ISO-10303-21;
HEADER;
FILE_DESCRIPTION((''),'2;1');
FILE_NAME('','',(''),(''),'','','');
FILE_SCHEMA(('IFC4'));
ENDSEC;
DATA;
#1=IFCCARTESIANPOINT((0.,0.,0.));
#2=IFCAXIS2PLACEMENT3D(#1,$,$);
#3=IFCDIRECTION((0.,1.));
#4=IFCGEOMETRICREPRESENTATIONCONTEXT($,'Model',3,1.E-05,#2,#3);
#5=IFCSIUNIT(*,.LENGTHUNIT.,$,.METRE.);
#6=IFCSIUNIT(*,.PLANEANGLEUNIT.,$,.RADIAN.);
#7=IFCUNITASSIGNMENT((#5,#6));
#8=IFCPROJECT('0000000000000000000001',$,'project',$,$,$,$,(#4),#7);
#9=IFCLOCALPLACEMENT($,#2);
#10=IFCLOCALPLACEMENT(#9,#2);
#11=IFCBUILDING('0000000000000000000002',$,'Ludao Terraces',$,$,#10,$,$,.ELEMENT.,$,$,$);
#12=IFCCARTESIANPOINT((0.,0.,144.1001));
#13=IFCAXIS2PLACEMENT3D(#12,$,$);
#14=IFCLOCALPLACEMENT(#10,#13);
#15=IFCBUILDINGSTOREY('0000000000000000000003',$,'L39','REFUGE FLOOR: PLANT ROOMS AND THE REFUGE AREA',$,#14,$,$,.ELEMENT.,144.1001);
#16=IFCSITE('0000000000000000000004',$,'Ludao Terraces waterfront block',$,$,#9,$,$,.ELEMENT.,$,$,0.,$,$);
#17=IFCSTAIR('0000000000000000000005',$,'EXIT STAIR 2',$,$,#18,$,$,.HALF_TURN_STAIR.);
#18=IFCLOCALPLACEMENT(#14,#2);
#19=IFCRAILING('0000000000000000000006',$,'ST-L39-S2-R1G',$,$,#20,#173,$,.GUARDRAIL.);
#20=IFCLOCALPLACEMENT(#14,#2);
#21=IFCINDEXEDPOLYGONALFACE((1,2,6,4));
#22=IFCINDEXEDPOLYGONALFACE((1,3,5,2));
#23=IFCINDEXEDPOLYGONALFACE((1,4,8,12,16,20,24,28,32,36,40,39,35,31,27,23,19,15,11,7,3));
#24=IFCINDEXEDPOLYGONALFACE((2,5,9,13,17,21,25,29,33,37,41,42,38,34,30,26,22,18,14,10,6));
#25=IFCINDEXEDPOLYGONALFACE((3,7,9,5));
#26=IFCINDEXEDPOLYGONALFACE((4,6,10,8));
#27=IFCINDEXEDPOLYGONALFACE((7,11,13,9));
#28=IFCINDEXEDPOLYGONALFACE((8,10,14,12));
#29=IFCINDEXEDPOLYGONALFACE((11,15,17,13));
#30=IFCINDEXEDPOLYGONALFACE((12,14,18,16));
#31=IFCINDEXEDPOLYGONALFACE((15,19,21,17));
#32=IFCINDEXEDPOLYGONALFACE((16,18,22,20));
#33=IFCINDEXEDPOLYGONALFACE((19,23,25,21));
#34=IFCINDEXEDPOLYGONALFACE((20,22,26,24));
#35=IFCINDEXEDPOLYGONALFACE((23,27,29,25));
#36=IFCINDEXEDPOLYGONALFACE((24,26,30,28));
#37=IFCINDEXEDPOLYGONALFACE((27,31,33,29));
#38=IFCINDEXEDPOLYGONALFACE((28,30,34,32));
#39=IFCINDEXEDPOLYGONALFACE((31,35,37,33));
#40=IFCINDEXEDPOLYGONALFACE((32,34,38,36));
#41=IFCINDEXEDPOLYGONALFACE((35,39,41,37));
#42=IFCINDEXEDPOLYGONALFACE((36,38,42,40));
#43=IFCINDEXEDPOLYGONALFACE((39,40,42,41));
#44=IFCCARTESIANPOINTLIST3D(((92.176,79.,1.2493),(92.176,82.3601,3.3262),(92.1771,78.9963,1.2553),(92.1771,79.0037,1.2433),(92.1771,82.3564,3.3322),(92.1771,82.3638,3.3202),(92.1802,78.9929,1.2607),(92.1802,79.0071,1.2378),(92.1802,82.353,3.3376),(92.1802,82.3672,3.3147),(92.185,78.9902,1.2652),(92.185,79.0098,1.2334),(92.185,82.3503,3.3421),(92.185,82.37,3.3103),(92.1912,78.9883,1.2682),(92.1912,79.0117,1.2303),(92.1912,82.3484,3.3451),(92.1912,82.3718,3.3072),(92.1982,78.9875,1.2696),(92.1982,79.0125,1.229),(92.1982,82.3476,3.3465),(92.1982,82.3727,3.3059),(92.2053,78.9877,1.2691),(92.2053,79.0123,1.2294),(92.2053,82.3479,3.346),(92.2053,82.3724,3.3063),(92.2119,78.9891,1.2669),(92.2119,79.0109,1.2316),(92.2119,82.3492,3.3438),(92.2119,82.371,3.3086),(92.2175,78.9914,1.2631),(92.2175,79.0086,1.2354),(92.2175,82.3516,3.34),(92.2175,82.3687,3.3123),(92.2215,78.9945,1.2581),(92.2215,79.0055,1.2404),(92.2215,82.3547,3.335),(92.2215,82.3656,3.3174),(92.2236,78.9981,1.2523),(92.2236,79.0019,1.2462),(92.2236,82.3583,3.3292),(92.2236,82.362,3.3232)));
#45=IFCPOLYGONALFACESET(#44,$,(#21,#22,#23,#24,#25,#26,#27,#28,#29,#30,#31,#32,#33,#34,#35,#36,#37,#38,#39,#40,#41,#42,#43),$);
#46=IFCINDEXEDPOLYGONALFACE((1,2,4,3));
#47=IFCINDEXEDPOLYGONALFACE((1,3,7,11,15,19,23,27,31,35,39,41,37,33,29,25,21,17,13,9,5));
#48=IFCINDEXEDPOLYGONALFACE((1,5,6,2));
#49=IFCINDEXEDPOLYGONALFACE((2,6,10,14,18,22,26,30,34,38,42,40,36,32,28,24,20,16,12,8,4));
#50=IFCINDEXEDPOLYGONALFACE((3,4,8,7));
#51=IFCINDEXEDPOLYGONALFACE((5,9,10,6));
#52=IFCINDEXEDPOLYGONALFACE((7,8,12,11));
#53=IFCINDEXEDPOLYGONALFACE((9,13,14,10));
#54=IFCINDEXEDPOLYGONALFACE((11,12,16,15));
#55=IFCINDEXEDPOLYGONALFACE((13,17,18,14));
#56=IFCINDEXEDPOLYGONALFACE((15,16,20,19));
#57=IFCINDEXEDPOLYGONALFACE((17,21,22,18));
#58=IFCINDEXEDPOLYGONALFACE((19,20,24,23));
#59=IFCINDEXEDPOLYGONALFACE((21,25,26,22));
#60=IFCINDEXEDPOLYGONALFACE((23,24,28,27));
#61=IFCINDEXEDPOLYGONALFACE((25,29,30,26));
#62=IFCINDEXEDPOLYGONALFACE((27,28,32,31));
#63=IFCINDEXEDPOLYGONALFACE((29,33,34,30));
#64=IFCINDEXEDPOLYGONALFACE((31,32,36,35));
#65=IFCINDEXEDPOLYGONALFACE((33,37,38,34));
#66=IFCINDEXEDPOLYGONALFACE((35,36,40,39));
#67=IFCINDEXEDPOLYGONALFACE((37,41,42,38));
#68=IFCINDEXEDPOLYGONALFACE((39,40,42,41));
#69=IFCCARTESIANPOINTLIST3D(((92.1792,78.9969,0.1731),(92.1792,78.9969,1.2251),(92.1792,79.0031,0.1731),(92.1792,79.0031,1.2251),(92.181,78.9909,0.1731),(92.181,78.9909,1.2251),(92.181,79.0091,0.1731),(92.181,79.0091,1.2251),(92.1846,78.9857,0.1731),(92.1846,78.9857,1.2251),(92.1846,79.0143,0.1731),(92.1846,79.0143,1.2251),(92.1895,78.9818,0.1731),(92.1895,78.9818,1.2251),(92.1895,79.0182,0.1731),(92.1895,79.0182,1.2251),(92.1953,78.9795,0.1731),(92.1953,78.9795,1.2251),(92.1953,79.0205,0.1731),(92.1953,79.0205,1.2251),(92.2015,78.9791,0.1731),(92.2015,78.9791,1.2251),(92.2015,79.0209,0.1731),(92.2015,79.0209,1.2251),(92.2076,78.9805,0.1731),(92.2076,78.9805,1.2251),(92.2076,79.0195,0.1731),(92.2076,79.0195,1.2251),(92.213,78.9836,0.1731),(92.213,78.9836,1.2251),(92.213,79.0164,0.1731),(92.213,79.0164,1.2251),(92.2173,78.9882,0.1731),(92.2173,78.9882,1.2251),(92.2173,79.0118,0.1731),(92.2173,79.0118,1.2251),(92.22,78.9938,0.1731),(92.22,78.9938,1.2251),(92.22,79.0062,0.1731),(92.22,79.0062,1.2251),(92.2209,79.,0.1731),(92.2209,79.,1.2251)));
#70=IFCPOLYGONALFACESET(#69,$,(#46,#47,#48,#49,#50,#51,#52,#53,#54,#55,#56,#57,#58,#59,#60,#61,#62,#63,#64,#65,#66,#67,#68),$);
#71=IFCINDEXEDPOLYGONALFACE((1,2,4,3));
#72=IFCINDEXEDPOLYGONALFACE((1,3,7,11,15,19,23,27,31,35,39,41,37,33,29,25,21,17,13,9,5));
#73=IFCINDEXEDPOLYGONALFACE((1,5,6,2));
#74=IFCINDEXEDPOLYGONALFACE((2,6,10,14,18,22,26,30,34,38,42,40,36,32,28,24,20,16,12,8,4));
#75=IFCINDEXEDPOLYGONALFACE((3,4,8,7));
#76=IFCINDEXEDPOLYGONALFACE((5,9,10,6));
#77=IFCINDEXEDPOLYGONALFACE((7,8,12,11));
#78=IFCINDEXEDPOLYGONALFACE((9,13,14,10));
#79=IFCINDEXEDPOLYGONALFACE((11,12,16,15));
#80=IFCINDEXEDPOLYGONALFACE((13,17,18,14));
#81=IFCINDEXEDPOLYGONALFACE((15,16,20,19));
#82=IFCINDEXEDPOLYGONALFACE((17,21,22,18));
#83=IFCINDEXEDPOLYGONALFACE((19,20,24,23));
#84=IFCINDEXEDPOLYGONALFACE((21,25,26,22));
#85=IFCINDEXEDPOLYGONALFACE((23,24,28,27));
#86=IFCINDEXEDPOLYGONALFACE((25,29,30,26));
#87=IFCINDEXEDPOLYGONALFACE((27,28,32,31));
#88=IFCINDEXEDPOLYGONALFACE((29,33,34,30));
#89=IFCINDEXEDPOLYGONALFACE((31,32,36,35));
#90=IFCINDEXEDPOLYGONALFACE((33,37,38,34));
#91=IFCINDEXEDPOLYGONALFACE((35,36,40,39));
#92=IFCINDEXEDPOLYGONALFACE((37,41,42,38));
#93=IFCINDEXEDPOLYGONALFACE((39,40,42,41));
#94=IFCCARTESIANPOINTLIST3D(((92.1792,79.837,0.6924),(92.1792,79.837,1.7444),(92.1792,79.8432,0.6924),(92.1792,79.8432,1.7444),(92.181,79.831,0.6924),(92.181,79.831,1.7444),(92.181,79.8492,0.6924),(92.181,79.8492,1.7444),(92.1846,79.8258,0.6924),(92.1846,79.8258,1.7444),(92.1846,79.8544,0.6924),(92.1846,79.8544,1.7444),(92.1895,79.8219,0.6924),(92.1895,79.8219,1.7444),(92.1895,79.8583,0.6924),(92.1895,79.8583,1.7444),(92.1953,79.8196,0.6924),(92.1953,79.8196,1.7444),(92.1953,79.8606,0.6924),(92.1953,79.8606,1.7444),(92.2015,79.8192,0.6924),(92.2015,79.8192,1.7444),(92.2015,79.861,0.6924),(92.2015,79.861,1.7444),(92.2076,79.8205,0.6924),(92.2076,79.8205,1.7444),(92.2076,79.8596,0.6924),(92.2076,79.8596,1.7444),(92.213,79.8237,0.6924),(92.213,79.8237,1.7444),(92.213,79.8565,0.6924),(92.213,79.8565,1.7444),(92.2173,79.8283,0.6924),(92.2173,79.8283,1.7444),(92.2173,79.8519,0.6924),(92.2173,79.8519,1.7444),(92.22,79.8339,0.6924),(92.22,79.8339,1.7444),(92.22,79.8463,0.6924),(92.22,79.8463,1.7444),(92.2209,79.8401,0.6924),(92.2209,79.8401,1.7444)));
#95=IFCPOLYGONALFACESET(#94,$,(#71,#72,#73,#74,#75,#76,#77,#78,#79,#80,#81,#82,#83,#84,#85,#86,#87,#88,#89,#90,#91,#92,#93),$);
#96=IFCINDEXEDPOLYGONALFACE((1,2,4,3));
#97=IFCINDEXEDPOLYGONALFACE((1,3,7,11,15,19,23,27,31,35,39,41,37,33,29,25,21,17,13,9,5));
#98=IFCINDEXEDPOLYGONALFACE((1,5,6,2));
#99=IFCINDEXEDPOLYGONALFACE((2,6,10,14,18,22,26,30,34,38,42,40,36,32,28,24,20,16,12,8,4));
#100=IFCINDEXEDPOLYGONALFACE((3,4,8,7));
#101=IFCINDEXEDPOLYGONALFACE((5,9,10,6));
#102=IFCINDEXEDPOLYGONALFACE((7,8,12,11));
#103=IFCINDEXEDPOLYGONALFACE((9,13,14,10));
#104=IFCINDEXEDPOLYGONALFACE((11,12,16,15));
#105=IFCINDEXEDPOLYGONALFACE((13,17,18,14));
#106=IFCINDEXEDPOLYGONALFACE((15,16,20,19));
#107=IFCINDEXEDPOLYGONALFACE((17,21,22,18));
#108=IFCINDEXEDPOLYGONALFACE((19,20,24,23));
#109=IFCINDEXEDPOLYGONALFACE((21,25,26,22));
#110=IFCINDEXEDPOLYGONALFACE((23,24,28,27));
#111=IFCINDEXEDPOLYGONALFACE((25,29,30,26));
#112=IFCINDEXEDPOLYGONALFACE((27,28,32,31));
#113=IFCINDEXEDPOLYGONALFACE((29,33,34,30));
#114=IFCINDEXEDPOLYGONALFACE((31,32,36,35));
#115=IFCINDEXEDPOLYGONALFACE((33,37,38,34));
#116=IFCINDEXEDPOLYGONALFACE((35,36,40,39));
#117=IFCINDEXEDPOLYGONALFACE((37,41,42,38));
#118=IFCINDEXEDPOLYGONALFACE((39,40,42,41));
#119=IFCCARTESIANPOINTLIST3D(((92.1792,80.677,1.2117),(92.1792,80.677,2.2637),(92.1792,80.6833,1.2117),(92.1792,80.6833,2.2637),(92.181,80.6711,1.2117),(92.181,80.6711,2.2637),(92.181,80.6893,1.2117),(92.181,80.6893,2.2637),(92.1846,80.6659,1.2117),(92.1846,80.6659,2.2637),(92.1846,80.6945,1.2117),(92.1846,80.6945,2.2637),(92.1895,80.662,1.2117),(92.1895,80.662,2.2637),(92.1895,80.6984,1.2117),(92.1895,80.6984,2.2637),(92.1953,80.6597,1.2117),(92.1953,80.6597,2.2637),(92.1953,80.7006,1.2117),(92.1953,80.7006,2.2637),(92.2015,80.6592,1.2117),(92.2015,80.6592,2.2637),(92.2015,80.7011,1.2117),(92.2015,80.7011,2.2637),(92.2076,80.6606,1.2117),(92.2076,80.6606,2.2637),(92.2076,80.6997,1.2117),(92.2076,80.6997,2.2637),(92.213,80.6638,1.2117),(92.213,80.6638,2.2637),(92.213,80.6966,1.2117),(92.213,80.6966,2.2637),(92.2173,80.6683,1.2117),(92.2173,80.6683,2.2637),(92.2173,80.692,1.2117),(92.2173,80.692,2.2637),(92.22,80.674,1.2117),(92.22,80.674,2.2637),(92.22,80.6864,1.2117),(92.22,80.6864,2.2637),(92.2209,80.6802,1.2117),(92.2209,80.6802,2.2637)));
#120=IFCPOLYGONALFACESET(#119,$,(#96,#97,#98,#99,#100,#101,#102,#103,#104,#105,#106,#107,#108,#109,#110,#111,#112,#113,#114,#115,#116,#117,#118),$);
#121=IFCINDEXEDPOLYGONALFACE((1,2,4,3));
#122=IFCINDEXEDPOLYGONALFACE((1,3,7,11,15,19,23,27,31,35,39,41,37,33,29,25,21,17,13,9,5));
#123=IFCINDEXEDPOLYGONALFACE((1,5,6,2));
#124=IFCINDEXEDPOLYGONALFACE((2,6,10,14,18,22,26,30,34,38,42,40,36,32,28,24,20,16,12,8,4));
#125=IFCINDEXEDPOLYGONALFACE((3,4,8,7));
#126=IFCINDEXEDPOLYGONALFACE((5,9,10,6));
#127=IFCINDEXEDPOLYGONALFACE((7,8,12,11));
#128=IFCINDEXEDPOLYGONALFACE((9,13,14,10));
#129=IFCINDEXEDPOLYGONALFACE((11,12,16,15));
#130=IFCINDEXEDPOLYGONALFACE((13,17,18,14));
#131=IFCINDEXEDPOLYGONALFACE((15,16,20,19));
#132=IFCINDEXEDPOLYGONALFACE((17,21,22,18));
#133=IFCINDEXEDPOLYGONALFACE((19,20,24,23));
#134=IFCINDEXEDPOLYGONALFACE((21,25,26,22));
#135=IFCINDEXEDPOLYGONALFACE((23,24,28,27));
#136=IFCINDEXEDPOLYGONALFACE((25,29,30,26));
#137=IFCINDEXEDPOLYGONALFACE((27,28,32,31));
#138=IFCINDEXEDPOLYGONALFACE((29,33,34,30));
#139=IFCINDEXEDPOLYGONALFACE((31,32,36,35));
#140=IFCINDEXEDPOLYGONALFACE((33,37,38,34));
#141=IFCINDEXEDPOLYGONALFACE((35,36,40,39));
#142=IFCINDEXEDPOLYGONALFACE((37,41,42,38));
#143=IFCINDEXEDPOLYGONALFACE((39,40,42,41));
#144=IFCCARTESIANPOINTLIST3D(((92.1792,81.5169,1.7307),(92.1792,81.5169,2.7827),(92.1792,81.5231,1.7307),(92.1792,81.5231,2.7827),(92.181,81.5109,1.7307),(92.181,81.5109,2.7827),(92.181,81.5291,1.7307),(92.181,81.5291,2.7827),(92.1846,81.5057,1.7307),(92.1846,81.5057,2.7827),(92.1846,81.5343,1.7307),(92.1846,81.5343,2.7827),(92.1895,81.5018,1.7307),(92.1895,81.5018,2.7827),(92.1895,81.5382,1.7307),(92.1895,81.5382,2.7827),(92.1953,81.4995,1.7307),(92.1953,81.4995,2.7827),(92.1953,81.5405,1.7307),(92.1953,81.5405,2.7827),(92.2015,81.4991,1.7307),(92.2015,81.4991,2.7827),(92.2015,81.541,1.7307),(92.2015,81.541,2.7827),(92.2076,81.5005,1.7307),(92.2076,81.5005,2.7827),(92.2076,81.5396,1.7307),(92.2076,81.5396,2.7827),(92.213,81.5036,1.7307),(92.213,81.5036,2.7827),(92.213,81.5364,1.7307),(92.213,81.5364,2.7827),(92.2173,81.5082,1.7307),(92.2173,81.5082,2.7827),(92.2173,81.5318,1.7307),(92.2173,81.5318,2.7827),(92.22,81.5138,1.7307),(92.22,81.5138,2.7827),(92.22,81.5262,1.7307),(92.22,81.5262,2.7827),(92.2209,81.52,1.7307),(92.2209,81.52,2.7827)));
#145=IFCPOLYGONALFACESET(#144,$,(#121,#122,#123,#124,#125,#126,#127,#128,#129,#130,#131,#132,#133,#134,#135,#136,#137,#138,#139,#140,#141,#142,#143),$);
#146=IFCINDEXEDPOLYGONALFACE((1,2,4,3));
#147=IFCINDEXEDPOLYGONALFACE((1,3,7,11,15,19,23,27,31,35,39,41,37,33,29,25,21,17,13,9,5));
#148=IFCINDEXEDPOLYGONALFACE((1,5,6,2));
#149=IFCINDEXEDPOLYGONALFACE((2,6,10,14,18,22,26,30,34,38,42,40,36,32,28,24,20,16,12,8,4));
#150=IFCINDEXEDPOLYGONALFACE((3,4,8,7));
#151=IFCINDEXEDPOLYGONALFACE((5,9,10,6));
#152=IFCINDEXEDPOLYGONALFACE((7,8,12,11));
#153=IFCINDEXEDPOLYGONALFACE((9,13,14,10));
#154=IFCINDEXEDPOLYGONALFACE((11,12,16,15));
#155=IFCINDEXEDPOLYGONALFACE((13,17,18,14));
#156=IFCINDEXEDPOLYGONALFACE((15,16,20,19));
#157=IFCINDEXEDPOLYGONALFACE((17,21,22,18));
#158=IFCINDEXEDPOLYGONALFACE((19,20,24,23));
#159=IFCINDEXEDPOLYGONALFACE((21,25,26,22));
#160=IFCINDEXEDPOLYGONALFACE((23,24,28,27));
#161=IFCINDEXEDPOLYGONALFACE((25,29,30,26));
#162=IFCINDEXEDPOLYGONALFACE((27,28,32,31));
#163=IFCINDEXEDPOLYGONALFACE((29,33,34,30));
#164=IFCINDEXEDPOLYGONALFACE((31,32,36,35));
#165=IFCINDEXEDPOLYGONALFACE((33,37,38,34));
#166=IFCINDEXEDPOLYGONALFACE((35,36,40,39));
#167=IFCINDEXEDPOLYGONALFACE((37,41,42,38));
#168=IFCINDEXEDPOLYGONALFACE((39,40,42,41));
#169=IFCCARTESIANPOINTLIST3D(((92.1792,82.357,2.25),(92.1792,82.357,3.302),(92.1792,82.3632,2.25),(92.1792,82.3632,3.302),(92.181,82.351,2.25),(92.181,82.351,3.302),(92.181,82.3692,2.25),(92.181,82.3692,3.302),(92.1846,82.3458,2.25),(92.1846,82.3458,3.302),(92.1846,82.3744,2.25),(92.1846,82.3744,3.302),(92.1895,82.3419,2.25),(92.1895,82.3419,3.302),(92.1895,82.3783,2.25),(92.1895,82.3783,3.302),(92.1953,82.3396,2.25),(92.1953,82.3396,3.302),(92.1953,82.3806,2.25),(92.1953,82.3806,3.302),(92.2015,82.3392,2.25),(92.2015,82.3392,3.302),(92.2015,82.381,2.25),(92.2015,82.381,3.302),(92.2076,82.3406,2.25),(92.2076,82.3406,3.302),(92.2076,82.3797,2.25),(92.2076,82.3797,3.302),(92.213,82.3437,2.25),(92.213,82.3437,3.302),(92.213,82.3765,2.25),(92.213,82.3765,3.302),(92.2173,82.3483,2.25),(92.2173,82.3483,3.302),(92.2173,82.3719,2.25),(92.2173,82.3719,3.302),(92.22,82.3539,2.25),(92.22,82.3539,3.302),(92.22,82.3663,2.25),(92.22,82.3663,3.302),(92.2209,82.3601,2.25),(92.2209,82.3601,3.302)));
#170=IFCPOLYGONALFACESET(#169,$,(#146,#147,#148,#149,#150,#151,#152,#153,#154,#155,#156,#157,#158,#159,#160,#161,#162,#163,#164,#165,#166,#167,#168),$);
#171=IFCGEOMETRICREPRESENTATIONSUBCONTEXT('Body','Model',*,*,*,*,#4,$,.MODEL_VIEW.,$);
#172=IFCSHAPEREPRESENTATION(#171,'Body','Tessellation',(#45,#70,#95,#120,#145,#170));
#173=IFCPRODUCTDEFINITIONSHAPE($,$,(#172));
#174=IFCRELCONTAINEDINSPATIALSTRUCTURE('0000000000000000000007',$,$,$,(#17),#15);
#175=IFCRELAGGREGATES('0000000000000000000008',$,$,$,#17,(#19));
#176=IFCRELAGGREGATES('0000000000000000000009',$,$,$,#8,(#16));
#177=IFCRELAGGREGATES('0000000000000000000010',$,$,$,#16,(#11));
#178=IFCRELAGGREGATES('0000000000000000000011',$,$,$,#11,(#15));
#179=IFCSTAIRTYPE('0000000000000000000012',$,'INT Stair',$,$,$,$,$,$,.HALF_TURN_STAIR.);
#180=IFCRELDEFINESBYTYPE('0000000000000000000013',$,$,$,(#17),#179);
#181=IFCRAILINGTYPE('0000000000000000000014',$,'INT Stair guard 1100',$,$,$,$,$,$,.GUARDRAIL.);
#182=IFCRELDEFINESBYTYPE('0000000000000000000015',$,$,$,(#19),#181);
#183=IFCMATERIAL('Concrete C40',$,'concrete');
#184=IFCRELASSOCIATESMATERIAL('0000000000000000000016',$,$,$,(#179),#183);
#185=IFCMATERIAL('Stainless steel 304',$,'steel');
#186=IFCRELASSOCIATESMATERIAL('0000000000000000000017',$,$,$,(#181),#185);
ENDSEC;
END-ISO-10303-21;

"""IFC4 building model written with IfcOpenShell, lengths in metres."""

from ifc_helpers import new_model, si_unit, direction, frame, origin, origin_2d, place, context, subcontext, project, spatial, circle, extrude, material, type_object, element, aggregate, save


model = new_model("IFC4")

# Units and contexts
model_context = context("Model", 3, precision=1e-05, world=origin(), true_north=direction((0.0, 1.0)))
body_context = subcontext(model_context, "Body", "Model", "MODEL_VIEW")
ifc_project = project(units=[si_unit("LENGTHUNIT", "METRE"), si_unit("PLANEANGLEUNIT", "RADIAN")], contexts=[model_context])

# Site, building, storey
site_placement = place(None, origin())
site = spatial("IfcSite", under=ifc_project, at=site_placement, Name="Ludao Terraces waterfront block", CompositionType="ELEMENT", RefElevation=0.0)
building_placement = place(site_placement, origin())
building = spatial("IfcBuilding", under=site, at=building_placement, Name="Ludao Terraces", CompositionType="ELEMENT")
storey_placement = place(building_placement, frame((0.0, 0.0, 144.1001)))
storey = spatial("IfcBuildingStorey", under=building, at=storey_placement, Name="L39", Description="REFUGE FLOOR: PLANT ROOMS AND THE REFUGE AREA", CompositionType="ELEMENT", Elevation=144.1001)

# Shared definitions
ifc_material_1 = material(Name="Stainless steel 304", Category="steel")

# Stair, railing
ifc_material_2 = material(Name="Concrete C40", Category="concrete")
stair_type = type_object("IfcStairType", Name="INT Stair", PredefinedType="HALF_TURN_STAIR", material=ifc_material_2)
stair_placement = place(storey_placement, origin())
stair = element("IfcStair", 1, at=stair_placement, inside=storey, type_object=stair_type, Name="EXIT STAIR 2", PredefinedType="HALF_TURN_STAIR")
railing_type_1 = type_object("IfcRailingType", Name="INT Stair guard 1100", PredefinedType="GUARDRAIL", material=ifc_material_1)
railing_1_placement = place(storey_placement, frame((92.2, 79.0, 0.1731)))
railing_1 = element("IfcRailing", 2, at=railing_1_placement, type_object=railing_type_1, Name="ST-L39-S2-R1G", PredefinedType="GUARDRAIL", context=body_context, shape_type="SweptSolid", body=[
    extrude(circle(Radius=0.0239, at=origin_2d()), frame((0.0, 0.0, 1.0762), z_axis=(0.0, 0.850623, 0.525776), x_axis=(-1.0, 0.0, 0.0)), (0.0, 0.0, 1.0), 3.9502),
    extrude(circle(Radius=0.021, at=origin_2d()), origin(), (0.0, 0.0, 1.0), 1.052),
    extrude(circle(Radius=0.021, at=origin_2d()), frame((0.0, 0.8401, 0.5193)), (0.0, 0.0, 1.0), 1.052),
    extrude(circle(Radius=0.021, at=origin_2d()), frame((0.0, 1.6802, 1.0386)), (0.0, 0.0, 1.0), 1.052),
    extrude(circle(Radius=0.021, at=origin_2d()), frame((0.0, 2.52, 1.5576)), (0.0, 0.0, 1.0), 1.052),
    extrude(circle(Radius=0.021, at=origin_2d()), frame((0.0, 3.3601, 2.0769)), (0.0, 0.0, 1.0), 1.052),
])
aggregate(stair, [railing_1])

save(model, "model.ifc")
